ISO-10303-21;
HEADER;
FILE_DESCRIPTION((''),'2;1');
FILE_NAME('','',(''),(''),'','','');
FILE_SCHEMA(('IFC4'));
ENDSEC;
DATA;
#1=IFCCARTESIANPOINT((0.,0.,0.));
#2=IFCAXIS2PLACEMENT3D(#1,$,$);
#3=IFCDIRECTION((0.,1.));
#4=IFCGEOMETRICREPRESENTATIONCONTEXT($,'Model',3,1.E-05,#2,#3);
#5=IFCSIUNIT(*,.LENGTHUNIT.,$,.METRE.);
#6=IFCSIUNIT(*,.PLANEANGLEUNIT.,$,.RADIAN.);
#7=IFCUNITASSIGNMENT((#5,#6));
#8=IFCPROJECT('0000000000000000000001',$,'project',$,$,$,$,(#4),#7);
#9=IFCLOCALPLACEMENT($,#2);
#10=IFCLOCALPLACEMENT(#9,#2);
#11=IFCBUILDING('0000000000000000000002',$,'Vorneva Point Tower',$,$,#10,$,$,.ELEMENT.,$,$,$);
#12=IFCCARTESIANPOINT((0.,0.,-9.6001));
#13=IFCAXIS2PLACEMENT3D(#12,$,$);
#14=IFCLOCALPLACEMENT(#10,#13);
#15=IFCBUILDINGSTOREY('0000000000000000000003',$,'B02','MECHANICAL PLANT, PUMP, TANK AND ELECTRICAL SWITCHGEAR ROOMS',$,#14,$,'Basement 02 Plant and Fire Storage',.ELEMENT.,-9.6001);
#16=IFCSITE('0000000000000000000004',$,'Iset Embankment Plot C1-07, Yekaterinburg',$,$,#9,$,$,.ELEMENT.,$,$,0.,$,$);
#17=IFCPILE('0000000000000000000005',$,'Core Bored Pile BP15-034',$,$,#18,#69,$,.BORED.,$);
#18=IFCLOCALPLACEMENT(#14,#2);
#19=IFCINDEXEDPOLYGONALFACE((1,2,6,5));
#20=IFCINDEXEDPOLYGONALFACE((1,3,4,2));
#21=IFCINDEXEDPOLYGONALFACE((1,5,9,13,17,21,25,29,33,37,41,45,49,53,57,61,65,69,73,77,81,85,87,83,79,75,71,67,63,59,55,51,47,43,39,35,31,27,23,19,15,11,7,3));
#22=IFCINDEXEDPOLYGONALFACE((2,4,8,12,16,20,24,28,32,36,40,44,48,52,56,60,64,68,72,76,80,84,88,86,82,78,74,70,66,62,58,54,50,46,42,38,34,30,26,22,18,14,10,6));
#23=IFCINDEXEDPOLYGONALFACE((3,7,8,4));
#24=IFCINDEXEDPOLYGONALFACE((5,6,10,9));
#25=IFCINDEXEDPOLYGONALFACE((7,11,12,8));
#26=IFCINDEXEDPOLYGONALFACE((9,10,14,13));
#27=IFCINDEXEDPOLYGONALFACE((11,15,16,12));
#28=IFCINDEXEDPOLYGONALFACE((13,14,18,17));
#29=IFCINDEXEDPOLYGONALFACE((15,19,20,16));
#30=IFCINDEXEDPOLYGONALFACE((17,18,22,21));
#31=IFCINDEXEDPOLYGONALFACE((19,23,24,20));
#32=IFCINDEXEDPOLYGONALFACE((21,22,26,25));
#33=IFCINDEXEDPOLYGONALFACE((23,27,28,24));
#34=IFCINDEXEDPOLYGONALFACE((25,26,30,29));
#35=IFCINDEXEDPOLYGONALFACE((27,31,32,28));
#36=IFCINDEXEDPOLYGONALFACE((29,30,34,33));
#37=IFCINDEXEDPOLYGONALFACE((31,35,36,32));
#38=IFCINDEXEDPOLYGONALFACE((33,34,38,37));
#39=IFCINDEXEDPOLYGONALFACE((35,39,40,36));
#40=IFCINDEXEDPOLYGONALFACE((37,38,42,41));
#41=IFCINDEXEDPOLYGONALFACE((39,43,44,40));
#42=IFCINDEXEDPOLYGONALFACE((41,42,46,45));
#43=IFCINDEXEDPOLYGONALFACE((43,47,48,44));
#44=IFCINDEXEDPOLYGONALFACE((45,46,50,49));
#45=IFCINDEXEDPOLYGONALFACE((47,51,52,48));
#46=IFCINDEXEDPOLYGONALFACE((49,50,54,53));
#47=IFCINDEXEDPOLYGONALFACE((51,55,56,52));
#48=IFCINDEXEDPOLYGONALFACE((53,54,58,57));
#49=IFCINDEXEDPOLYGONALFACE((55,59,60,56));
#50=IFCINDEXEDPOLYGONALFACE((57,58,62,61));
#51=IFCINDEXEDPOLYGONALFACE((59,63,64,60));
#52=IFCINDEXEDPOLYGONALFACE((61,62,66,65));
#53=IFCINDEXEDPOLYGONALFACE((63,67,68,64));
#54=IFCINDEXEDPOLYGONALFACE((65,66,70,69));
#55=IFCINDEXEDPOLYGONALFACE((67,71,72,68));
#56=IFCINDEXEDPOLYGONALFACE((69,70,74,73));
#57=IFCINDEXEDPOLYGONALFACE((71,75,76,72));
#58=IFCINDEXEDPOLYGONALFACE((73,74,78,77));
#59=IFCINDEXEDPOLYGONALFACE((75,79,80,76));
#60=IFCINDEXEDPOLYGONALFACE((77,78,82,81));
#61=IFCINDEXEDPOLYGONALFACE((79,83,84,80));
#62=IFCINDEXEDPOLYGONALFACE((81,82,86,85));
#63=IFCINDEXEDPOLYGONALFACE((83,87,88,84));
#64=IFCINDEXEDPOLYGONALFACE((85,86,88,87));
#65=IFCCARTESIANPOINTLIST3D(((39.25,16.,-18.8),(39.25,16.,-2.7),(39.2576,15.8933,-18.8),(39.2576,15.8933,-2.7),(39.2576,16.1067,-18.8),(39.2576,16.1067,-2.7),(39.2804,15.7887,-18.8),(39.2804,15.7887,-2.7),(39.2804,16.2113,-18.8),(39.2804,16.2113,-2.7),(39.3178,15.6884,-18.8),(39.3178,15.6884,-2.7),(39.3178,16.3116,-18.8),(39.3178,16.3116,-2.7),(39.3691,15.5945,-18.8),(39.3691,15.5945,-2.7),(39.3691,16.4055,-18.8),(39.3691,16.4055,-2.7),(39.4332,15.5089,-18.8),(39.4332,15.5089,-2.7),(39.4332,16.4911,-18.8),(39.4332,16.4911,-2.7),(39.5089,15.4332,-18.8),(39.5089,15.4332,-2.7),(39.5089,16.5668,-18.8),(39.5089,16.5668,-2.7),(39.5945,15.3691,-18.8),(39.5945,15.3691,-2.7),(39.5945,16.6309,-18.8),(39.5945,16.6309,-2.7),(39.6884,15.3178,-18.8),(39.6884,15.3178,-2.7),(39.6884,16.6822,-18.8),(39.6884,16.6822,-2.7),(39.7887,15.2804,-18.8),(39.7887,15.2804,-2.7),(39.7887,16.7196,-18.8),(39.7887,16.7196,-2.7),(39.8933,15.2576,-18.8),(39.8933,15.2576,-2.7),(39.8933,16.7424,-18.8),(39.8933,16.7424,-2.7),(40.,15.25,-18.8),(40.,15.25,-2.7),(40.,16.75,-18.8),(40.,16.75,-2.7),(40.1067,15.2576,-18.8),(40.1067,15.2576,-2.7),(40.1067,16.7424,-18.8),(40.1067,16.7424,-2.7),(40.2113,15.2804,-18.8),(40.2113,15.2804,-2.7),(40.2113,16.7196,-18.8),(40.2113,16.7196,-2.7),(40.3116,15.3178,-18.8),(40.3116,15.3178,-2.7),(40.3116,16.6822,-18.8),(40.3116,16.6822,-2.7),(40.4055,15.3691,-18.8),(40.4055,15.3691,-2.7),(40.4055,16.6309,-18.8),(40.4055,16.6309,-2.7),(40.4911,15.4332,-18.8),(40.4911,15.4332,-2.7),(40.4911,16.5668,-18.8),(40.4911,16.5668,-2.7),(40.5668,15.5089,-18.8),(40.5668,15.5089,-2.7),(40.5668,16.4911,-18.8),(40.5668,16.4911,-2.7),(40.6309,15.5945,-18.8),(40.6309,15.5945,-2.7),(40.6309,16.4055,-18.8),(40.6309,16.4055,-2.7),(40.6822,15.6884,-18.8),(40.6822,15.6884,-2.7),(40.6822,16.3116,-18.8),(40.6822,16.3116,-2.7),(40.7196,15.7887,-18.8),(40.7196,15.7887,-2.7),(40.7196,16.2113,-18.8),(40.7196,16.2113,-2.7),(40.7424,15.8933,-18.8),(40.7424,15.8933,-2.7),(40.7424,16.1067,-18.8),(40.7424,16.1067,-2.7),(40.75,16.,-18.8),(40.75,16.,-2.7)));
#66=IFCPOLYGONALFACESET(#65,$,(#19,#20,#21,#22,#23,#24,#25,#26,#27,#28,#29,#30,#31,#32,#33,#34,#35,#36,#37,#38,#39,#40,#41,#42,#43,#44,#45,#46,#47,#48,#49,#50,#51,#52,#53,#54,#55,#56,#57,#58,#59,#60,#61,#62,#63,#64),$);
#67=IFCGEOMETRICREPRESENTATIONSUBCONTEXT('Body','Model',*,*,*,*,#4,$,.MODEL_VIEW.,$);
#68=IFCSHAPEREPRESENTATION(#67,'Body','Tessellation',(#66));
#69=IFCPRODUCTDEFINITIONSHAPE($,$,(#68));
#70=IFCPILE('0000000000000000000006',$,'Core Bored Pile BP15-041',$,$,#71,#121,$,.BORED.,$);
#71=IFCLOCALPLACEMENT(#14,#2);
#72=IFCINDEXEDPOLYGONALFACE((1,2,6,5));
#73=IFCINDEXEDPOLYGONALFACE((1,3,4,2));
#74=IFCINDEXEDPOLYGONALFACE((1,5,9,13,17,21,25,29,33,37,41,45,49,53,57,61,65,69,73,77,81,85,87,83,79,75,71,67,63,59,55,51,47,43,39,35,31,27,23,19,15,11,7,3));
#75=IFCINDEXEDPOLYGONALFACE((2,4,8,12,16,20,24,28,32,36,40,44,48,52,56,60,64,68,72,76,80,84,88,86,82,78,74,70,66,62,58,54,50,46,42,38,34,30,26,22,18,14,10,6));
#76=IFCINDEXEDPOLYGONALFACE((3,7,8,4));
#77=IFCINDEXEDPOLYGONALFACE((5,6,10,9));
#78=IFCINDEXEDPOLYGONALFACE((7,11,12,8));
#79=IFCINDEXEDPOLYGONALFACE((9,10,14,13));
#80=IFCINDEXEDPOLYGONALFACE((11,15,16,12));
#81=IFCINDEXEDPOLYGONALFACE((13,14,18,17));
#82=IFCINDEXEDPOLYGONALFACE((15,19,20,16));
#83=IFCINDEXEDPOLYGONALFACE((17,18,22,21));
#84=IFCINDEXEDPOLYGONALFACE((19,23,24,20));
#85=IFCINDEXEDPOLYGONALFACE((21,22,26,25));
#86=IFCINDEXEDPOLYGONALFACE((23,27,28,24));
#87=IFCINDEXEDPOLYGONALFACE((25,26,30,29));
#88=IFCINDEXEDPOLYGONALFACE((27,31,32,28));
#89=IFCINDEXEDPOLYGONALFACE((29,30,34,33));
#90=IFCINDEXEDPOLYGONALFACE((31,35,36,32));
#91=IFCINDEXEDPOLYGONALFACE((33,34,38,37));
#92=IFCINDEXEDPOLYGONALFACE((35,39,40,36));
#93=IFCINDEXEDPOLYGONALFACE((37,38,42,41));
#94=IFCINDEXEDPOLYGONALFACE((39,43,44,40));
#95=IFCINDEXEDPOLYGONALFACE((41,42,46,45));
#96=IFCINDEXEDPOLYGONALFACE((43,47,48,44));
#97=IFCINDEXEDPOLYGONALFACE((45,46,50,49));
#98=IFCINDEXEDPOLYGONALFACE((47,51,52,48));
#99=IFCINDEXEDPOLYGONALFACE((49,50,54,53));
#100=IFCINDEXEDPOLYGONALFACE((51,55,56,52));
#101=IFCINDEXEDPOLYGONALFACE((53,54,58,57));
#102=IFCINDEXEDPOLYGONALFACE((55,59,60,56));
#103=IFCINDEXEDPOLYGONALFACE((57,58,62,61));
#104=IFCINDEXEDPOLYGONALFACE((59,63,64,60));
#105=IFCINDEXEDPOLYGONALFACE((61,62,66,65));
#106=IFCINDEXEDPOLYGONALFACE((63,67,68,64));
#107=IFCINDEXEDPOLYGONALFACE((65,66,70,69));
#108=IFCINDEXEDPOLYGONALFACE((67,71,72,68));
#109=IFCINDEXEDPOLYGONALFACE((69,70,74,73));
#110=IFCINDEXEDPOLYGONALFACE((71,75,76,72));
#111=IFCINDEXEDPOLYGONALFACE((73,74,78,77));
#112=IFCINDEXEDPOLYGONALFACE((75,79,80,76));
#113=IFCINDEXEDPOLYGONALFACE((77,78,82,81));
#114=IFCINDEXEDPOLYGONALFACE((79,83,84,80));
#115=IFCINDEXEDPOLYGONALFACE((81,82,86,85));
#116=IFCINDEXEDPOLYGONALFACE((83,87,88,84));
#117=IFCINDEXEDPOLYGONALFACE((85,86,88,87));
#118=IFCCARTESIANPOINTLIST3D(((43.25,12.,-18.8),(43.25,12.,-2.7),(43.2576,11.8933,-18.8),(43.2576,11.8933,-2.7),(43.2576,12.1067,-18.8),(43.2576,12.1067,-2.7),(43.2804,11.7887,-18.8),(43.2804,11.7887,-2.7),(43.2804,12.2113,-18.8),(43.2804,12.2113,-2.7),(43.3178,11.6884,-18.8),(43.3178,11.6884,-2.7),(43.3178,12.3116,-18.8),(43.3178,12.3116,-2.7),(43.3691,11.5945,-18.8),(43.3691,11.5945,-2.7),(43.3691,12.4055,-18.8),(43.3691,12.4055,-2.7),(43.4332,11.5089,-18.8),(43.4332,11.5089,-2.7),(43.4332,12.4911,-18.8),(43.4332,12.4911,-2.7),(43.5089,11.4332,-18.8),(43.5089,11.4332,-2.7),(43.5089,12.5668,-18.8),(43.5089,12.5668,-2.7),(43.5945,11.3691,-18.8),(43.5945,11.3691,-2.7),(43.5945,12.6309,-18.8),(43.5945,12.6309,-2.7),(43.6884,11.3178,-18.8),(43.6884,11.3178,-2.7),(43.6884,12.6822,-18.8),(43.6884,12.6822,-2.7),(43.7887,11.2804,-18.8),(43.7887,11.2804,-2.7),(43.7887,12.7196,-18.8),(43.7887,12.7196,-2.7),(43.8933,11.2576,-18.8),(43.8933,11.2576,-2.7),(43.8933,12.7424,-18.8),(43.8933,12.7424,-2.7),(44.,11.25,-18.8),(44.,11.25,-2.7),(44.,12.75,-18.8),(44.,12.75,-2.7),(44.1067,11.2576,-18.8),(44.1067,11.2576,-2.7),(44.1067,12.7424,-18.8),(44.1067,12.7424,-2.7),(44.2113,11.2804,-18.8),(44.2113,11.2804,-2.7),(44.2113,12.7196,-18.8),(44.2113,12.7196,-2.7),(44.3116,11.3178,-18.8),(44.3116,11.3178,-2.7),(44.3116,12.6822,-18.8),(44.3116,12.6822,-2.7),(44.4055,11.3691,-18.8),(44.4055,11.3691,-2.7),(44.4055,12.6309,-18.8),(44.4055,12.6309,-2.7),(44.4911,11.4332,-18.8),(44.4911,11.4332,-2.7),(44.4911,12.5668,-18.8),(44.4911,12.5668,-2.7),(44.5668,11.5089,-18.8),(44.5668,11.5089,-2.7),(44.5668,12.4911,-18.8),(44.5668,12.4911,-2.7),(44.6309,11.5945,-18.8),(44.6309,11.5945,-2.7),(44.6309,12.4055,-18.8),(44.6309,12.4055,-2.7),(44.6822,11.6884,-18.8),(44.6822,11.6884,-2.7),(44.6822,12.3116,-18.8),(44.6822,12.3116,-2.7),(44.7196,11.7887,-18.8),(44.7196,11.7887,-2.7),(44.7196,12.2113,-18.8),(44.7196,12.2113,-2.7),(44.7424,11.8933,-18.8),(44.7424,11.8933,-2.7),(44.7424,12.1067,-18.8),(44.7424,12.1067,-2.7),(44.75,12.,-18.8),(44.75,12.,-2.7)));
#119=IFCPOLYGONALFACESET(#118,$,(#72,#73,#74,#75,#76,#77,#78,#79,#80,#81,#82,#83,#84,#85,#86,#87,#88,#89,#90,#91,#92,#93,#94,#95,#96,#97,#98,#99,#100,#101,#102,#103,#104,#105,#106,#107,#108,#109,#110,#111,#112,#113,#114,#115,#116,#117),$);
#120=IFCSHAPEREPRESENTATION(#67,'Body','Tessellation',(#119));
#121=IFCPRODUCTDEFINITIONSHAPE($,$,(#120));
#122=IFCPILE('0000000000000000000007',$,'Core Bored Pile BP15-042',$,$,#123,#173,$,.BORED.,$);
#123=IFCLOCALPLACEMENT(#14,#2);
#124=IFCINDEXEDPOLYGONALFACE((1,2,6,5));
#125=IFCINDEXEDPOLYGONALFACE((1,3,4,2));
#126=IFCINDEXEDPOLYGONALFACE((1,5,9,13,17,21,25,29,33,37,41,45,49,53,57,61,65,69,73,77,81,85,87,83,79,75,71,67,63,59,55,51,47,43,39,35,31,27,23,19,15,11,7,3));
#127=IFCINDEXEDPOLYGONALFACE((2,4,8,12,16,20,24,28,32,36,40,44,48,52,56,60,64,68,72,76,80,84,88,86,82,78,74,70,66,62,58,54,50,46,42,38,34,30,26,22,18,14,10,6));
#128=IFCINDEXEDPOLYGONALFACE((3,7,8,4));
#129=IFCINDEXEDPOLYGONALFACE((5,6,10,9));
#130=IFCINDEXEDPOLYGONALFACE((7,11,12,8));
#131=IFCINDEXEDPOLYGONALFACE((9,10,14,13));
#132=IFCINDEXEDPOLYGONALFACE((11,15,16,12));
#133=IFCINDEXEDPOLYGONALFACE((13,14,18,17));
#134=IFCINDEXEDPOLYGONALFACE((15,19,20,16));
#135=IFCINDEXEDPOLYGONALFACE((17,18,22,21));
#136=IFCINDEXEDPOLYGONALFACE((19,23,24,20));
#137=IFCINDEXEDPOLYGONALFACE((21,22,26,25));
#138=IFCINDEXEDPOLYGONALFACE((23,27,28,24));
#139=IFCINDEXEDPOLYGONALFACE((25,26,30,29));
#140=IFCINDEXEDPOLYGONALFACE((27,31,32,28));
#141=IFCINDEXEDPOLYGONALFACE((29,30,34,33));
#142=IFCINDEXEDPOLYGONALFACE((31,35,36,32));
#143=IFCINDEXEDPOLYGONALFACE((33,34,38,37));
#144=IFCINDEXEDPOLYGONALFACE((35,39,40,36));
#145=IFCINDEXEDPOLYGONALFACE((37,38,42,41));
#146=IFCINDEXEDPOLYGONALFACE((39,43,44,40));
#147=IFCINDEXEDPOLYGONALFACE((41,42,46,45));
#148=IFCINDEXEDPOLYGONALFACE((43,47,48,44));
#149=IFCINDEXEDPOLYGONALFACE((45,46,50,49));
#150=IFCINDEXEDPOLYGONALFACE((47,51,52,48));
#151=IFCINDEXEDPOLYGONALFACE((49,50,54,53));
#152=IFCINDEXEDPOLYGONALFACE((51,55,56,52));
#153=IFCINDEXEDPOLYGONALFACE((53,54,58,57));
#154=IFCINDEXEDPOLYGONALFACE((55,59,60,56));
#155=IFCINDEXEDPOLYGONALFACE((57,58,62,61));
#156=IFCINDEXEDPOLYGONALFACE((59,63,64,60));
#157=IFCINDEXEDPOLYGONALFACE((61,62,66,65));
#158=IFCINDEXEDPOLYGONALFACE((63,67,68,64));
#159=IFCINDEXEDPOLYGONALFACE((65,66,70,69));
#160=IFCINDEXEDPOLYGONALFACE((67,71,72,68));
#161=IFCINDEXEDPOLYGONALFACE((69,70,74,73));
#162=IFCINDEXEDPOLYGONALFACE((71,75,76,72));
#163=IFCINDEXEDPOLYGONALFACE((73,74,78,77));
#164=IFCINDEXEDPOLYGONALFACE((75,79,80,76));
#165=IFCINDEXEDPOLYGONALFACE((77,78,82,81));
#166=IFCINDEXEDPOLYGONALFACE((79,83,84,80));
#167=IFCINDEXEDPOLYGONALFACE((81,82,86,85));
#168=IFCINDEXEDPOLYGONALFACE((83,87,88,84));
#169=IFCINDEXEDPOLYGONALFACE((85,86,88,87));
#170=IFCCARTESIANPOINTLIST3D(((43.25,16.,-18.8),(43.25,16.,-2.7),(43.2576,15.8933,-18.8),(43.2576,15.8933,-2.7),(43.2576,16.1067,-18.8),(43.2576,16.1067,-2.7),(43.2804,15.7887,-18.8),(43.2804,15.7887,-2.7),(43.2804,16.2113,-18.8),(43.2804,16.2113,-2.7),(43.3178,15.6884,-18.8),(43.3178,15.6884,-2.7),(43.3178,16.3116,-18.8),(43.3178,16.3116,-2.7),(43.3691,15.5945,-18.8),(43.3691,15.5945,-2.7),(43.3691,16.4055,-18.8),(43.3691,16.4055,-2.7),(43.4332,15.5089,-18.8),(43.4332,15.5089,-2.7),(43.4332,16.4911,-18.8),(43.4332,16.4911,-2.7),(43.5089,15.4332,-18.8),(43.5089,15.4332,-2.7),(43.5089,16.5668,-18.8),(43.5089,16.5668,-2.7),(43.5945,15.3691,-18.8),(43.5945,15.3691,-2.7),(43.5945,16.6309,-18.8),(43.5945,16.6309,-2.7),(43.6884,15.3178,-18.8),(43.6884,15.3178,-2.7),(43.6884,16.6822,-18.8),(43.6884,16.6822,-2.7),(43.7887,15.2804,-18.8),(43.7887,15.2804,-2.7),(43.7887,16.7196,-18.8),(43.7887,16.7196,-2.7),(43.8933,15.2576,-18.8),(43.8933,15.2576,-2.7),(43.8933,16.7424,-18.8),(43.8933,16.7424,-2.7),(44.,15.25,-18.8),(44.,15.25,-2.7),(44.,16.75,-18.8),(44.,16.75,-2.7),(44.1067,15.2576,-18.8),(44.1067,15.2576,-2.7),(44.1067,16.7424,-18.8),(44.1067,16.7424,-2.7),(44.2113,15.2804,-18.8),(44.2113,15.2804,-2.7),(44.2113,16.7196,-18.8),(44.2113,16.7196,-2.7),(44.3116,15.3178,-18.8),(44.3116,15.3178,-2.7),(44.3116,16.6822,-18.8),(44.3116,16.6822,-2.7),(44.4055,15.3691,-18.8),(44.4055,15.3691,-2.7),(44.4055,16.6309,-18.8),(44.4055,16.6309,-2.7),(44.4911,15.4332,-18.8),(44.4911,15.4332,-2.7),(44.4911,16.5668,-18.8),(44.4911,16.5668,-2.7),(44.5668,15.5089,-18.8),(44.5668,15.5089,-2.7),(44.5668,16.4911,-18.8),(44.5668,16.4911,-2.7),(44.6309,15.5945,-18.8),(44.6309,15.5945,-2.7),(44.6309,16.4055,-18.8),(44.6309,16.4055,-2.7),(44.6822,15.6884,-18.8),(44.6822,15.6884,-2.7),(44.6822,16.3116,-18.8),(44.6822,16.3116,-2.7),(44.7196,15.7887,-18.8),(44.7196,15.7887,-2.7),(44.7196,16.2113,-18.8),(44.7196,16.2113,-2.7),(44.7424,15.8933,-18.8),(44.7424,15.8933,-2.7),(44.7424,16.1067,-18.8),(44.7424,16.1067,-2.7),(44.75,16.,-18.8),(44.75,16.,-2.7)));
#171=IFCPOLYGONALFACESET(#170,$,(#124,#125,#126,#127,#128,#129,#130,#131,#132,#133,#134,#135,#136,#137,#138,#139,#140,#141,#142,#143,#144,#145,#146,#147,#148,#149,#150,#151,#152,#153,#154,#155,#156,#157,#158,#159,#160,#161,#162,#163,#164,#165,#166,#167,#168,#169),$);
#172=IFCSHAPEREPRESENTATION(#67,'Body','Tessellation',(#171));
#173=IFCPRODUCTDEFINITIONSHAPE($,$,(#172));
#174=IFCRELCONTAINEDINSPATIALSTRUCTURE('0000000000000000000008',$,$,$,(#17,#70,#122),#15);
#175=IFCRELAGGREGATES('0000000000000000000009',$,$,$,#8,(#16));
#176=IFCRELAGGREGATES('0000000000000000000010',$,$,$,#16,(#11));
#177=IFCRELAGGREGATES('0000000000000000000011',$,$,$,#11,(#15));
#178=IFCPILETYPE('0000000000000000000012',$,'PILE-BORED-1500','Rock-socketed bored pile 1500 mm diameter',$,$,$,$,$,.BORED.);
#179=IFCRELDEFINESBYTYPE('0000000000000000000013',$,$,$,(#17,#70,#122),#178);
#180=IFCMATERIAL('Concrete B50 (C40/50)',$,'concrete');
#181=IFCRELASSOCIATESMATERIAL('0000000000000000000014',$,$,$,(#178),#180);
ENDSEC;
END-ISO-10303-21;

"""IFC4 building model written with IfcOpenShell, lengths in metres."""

from ifc_helpers import new_model, si_unit, direction, frame, origin, origin_2d, place, context, subcontext, project, spatial, circle, extrude, material, material_profile, profile_set, type_object, element, save


model = new_model("IFC4")

# Units and contexts
model_context = context("Model", 3, precision=1e-05, world=origin(), true_north=direction((0.0, 1.0)))
body_context = subcontext(model_context, "Body", "Model", "MODEL_VIEW")
ifc_project = project(units=[si_unit("LENGTHUNIT", "METRE"), si_unit("PLANEANGLEUNIT", "RADIAN")], contexts=[model_context])

# Site, building, storey
site_placement = place(None, origin())
site = spatial("IfcSite", under=ifc_project, at=site_placement, Name="Iset Embankment Plot C1-07, Yekaterinburg", CompositionType="ELEMENT", RefElevation=0.0)
building_placement = place(site_placement, origin())
building = spatial("IfcBuilding", under=site, at=building_placement, Name="Vorneva Point Tower", CompositionType="ELEMENT")
storey_placement = place(building_placement, frame((0.0, 0.0, -9.6001)))
storey = spatial("IfcBuildingStorey", under=building, at=storey_placement, Name="B02", Description="MECHANICAL PLANT, PUMP, TANK AND ELECTRICAL SWITCHGEAR ROOMS", LongName="Basement 02 Plant and Fire Storage", CompositionType="ELEMENT", Elevation=-9.6001)

# Piles
ifc_material_1 = material(Name="Concrete B50 (C40/50)", Category="concrete")
ifc_material_profile_1 = material_profile(ifc_material_1, circle(Radius=0.75, at=origin_2d()), Name="PILE-1500")
ifc_profile_set_1 = profile_set([ifc_material_profile_1], Name="Concrete B50 (C40/50)")
pile_type_1 = type_object("IfcPileType", Name="PILE-BORED-1500", Description="Rock-socketed bored pile 1500 mm diameter", PredefinedType="BORED", material=ifc_profile_set_1)
for number, where, z_axis, x_axis, name in (
    (1, (40.0, 16.0, -2.7), (0.0, 0.0, -1.0), (1.0, 0.0, 0.0), "Core Bored Pile BP15-034"),
    (2, (44.0, 12.0, -2.7), (0.0, 0.0, -1.0), (1.0, 0.0, 0.0), "Core Bored Pile BP15-041"),
    (3, (44.0, 16.0, -2.7), (0.0, 0.0, -1.0), (1.0, 0.0, 0.0), "Core Bored Pile BP15-042"),
):
    element("IfcPile", number, at=place(storey_placement, frame(where, z_axis=z_axis, x_axis=x_axis)), inside=storey, type_object=pile_type_1, Name=name, PredefinedType="BORED", context=body_context, shape_type="SweptSolid", body=[
        extrude(circle(Radius=0.75, at=origin_2d()), origin(), (0.0, 0.0, 1.0), 16.1001),
    ])

save(model, "model.ifc")
